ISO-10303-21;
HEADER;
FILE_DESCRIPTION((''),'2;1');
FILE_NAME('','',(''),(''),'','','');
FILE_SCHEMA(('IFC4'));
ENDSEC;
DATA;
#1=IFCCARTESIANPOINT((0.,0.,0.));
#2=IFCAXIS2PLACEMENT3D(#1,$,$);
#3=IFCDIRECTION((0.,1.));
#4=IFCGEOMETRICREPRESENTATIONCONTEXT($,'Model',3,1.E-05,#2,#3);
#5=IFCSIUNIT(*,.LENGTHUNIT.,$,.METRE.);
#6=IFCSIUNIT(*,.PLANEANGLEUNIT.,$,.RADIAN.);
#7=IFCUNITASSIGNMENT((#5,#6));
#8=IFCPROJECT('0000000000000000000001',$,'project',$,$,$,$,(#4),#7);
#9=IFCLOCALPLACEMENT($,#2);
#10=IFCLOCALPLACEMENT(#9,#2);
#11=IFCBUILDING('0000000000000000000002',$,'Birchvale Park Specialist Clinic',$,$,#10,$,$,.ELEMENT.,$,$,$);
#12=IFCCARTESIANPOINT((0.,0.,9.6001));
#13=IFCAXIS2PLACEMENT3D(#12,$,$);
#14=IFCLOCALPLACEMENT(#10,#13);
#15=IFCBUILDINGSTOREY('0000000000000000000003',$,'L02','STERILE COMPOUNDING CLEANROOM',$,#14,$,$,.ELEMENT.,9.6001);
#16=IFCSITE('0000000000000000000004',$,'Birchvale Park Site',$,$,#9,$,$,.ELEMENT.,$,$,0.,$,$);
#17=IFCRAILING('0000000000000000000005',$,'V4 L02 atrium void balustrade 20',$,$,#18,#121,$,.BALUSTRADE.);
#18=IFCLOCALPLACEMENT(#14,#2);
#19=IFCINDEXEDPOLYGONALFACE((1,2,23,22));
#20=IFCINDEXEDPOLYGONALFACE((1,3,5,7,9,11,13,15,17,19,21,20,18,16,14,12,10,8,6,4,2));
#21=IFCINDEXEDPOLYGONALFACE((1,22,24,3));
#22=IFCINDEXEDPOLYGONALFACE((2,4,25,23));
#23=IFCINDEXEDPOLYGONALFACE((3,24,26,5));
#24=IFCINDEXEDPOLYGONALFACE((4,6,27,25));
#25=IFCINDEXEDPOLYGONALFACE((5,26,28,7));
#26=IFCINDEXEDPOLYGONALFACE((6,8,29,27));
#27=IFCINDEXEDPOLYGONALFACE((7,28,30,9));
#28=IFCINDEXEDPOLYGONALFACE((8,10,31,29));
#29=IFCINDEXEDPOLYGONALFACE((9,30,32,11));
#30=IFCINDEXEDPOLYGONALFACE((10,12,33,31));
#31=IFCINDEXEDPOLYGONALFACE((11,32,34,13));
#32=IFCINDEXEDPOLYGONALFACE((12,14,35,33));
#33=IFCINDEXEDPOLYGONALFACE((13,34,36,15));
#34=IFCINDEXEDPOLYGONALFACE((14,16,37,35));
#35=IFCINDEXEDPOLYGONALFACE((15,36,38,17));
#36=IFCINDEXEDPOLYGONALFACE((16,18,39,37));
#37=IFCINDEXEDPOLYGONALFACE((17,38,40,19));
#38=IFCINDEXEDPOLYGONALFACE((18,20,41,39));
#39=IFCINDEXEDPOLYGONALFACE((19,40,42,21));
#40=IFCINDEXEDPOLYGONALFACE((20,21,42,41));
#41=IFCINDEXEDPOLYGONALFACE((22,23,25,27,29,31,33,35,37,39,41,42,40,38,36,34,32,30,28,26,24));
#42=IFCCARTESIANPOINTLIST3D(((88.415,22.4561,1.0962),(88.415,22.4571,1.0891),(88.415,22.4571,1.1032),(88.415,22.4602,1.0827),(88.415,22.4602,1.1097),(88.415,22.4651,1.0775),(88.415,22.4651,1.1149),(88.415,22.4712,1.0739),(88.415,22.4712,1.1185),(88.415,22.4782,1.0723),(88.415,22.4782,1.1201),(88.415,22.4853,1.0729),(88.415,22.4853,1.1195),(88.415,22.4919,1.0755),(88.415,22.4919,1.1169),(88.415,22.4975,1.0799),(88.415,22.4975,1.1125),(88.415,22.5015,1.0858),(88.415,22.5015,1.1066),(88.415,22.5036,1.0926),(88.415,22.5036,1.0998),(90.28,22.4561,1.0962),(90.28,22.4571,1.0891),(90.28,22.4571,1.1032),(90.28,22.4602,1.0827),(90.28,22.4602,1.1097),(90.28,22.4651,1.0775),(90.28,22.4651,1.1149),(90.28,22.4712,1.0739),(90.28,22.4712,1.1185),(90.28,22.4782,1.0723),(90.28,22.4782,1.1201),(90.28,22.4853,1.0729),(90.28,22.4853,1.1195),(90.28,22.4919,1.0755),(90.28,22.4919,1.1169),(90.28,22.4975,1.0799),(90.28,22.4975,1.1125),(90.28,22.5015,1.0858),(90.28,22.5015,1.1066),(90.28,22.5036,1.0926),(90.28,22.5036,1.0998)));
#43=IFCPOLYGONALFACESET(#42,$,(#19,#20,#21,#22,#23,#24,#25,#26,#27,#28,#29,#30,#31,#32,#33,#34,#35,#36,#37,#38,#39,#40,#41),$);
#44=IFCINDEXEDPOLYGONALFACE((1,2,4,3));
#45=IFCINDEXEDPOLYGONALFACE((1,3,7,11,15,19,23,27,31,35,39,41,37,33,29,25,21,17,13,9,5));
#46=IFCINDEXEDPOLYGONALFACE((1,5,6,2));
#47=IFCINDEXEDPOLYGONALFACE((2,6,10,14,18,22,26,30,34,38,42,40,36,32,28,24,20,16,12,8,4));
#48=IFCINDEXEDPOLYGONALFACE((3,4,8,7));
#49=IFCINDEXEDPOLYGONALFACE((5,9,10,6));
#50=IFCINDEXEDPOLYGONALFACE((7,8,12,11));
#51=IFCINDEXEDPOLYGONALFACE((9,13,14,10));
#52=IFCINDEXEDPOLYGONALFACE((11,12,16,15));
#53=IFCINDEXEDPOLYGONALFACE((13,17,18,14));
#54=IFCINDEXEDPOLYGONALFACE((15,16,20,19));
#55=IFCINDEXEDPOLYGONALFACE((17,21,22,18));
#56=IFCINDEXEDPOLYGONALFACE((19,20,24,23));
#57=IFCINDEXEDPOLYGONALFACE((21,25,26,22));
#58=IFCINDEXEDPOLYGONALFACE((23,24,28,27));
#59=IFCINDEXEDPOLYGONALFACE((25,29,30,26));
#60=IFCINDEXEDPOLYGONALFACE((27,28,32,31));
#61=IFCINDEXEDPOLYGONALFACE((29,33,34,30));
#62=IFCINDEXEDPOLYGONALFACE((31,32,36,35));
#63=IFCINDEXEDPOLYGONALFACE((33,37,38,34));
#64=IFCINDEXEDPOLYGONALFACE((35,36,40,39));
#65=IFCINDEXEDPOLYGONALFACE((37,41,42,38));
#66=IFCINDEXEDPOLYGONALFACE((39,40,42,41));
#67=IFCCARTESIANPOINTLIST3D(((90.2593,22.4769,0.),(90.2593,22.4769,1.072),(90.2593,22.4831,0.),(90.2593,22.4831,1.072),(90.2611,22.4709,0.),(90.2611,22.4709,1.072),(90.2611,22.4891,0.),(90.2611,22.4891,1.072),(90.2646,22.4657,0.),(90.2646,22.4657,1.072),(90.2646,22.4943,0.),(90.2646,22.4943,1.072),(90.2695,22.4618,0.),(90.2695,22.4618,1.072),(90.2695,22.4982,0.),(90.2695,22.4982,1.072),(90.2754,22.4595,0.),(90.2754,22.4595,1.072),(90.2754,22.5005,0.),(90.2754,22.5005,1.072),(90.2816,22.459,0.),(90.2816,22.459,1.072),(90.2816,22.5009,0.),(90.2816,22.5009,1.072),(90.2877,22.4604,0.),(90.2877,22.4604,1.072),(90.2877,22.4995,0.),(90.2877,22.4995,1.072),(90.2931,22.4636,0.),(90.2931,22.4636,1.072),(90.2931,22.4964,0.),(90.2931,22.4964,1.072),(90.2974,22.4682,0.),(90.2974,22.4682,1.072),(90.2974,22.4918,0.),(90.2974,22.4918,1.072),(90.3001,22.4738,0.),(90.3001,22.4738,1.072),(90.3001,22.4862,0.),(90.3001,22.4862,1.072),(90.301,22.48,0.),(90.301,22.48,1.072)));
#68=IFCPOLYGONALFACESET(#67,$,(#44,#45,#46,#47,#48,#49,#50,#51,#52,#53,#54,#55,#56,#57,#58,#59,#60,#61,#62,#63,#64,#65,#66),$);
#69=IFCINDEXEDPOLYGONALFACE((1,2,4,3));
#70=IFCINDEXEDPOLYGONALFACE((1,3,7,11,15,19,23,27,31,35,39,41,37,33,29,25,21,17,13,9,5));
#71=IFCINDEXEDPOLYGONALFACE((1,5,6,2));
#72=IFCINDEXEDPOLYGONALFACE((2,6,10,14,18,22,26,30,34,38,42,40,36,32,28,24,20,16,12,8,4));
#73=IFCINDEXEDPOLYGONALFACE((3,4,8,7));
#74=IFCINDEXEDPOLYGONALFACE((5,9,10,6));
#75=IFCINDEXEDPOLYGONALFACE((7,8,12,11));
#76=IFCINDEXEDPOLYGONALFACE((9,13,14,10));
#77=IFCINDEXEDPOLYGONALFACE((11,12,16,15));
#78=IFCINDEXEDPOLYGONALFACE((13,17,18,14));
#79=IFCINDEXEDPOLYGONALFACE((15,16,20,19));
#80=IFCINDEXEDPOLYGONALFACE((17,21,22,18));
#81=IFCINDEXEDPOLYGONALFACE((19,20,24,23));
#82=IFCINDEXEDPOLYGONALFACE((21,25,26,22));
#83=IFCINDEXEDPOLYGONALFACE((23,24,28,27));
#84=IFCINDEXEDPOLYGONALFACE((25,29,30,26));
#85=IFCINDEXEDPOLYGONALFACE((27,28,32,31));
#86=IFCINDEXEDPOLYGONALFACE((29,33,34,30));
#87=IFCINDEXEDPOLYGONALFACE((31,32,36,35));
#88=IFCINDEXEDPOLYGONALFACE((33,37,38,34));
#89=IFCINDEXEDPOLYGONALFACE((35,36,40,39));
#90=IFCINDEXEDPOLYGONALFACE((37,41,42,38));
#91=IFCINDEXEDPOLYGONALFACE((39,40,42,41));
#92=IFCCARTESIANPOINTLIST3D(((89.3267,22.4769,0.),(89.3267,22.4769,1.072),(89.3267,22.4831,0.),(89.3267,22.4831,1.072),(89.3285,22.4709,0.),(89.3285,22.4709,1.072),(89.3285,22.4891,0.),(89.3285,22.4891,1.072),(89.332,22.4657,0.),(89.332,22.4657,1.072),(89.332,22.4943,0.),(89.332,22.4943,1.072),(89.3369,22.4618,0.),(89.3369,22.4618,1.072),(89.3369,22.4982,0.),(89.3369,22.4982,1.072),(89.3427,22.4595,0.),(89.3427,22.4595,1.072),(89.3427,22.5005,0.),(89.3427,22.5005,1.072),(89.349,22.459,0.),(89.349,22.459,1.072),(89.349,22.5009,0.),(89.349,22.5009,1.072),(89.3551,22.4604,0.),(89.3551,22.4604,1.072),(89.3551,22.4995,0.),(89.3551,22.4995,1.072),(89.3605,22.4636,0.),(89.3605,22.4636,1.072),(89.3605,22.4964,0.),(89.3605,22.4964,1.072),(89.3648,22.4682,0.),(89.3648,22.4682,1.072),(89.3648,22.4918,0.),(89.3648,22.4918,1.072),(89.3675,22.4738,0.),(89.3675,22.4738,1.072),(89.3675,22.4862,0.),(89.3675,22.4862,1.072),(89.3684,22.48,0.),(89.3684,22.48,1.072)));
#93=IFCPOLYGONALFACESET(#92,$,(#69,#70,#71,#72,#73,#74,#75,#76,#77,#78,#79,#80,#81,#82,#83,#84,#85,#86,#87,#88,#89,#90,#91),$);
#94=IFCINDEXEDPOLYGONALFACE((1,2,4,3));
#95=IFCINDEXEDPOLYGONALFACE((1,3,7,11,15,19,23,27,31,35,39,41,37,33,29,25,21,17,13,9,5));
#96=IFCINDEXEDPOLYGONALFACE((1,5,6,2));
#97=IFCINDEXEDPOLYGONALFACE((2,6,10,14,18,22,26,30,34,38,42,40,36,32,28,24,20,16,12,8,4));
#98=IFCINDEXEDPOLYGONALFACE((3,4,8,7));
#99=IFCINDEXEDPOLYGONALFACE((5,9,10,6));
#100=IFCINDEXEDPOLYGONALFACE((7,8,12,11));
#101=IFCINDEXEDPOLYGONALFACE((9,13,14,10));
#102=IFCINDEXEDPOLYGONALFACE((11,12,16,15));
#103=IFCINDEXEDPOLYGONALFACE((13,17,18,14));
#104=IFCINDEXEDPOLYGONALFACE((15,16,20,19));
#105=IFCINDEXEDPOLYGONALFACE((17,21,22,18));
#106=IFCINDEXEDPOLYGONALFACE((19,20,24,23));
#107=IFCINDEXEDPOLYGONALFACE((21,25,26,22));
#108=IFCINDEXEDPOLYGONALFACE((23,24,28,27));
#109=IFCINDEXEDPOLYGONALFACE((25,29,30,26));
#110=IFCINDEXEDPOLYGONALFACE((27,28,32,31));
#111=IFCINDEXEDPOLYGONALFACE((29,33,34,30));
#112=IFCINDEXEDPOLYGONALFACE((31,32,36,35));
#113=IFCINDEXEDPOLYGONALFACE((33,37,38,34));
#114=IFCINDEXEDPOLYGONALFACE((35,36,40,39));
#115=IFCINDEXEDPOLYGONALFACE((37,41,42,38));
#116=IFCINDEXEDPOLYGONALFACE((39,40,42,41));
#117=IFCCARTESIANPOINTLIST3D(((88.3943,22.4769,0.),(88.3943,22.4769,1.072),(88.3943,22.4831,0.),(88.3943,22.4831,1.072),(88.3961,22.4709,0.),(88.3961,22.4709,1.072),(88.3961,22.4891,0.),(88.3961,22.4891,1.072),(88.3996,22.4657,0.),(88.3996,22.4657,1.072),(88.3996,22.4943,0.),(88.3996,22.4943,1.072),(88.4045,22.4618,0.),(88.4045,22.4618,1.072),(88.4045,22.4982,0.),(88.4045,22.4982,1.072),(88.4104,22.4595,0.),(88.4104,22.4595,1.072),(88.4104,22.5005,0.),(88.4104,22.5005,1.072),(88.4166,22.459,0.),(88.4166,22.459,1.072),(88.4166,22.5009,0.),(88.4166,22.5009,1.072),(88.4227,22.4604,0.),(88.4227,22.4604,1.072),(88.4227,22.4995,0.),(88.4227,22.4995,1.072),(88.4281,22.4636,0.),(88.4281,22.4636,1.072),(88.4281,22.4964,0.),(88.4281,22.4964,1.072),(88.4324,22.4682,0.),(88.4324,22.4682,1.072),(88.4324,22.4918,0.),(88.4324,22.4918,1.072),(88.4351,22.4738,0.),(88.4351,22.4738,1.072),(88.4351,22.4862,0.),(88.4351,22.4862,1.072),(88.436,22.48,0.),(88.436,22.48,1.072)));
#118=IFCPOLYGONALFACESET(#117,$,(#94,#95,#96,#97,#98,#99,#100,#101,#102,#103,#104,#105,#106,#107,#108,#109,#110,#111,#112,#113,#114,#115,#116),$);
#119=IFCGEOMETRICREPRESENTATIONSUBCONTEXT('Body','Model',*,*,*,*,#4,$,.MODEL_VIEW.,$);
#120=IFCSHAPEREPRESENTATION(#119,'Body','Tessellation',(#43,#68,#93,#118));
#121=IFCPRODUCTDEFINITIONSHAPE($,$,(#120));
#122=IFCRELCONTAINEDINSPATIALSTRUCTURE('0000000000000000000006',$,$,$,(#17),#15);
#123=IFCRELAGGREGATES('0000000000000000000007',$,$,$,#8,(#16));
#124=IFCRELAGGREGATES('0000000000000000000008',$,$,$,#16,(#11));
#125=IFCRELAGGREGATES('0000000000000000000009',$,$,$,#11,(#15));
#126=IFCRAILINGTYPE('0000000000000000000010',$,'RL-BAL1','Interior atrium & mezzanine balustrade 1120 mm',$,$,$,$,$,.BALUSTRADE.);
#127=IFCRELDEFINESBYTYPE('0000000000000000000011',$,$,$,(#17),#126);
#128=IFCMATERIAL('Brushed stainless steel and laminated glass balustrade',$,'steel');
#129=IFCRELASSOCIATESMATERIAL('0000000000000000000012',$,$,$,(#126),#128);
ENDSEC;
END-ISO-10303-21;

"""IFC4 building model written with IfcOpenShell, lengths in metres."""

from ifc_helpers import new_model, si_unit, direction, frame, origin, origin_2d, place, context, subcontext, project, spatial, circle, extrude, material, type_object, element, save


model = new_model("IFC4")

# Units and contexts
model_context = context("Model", 3, precision=1e-05, world=origin(), true_north=direction((0.0, 1.0)))
body_context = subcontext(model_context, "Body", "Model", "MODEL_VIEW")
ifc_project = project(units=[si_unit("LENGTHUNIT", "METRE"), si_unit("PLANEANGLEUNIT", "RADIAN")], contexts=[model_context])

# Site, building, storey
site_placement = place(None, origin())
site = spatial("IfcSite", under=ifc_project, at=site_placement, Name="Birchvale Park Site", CompositionType="ELEMENT", RefElevation=0.0)
building_placement = place(site_placement, origin())
building = spatial("IfcBuilding", under=site, at=building_placement, Name="Birchvale Park Specialist Clinic", CompositionType="ELEMENT")
storey_placement = place(building_placement, frame((0.0, 0.0, 9.6001)))
storey = spatial("IfcBuildingStorey", under=building, at=storey_placement, Name="L02", Description="STERILE COMPOUNDING CLEANROOM", CompositionType="ELEMENT", Elevation=9.6001)

# Railing
ifc_material_1 = material(Name="Brushed stainless steel and laminated glass balustrade", Category="steel")
railing_type = type_object("IfcRailingType", Name="RL-BAL1", Description="Interior atrium & mezzanine balustrade 1120 mm", PredefinedType="BALUSTRADE", material=ifc_material_1)
railing_1_placement = place(storey_placement, frame((90.28, 22.48, 0.0)))
element("IfcRailing", 1, at=railing_1_placement, inside=storey, type_object=railing_type, Name="V4 L02 atrium void balustrade 20", PredefinedType="BALUSTRADE", context=body_context, shape_type="SweptSolid", body=[
    extrude(circle(Radius=0.0239, at=origin_2d()), frame((0.0, 0.0, 1.0962), z_axis=(-1.0, 0.0, 0.0), x_axis=(0.0, -1.0, 0.0)), (0.0, 0.0, 1.0), 1.865),
    extrude(circle(Radius=0.021, at=origin_2d()), origin(), (0.0, 0.0, 1.0), 1.072),
    extrude(circle(Radius=0.021, at=origin_2d()), frame((-0.9326, 0.0, 0.0)), (0.0, 0.0, 1.0), 1.072),
    extrude(circle(Radius=0.021, at=origin_2d()), frame((-1.865, 0.0, 0.0)), (0.0, 0.0, 1.0), 1.072),
])

save(model, "model.ifc")
